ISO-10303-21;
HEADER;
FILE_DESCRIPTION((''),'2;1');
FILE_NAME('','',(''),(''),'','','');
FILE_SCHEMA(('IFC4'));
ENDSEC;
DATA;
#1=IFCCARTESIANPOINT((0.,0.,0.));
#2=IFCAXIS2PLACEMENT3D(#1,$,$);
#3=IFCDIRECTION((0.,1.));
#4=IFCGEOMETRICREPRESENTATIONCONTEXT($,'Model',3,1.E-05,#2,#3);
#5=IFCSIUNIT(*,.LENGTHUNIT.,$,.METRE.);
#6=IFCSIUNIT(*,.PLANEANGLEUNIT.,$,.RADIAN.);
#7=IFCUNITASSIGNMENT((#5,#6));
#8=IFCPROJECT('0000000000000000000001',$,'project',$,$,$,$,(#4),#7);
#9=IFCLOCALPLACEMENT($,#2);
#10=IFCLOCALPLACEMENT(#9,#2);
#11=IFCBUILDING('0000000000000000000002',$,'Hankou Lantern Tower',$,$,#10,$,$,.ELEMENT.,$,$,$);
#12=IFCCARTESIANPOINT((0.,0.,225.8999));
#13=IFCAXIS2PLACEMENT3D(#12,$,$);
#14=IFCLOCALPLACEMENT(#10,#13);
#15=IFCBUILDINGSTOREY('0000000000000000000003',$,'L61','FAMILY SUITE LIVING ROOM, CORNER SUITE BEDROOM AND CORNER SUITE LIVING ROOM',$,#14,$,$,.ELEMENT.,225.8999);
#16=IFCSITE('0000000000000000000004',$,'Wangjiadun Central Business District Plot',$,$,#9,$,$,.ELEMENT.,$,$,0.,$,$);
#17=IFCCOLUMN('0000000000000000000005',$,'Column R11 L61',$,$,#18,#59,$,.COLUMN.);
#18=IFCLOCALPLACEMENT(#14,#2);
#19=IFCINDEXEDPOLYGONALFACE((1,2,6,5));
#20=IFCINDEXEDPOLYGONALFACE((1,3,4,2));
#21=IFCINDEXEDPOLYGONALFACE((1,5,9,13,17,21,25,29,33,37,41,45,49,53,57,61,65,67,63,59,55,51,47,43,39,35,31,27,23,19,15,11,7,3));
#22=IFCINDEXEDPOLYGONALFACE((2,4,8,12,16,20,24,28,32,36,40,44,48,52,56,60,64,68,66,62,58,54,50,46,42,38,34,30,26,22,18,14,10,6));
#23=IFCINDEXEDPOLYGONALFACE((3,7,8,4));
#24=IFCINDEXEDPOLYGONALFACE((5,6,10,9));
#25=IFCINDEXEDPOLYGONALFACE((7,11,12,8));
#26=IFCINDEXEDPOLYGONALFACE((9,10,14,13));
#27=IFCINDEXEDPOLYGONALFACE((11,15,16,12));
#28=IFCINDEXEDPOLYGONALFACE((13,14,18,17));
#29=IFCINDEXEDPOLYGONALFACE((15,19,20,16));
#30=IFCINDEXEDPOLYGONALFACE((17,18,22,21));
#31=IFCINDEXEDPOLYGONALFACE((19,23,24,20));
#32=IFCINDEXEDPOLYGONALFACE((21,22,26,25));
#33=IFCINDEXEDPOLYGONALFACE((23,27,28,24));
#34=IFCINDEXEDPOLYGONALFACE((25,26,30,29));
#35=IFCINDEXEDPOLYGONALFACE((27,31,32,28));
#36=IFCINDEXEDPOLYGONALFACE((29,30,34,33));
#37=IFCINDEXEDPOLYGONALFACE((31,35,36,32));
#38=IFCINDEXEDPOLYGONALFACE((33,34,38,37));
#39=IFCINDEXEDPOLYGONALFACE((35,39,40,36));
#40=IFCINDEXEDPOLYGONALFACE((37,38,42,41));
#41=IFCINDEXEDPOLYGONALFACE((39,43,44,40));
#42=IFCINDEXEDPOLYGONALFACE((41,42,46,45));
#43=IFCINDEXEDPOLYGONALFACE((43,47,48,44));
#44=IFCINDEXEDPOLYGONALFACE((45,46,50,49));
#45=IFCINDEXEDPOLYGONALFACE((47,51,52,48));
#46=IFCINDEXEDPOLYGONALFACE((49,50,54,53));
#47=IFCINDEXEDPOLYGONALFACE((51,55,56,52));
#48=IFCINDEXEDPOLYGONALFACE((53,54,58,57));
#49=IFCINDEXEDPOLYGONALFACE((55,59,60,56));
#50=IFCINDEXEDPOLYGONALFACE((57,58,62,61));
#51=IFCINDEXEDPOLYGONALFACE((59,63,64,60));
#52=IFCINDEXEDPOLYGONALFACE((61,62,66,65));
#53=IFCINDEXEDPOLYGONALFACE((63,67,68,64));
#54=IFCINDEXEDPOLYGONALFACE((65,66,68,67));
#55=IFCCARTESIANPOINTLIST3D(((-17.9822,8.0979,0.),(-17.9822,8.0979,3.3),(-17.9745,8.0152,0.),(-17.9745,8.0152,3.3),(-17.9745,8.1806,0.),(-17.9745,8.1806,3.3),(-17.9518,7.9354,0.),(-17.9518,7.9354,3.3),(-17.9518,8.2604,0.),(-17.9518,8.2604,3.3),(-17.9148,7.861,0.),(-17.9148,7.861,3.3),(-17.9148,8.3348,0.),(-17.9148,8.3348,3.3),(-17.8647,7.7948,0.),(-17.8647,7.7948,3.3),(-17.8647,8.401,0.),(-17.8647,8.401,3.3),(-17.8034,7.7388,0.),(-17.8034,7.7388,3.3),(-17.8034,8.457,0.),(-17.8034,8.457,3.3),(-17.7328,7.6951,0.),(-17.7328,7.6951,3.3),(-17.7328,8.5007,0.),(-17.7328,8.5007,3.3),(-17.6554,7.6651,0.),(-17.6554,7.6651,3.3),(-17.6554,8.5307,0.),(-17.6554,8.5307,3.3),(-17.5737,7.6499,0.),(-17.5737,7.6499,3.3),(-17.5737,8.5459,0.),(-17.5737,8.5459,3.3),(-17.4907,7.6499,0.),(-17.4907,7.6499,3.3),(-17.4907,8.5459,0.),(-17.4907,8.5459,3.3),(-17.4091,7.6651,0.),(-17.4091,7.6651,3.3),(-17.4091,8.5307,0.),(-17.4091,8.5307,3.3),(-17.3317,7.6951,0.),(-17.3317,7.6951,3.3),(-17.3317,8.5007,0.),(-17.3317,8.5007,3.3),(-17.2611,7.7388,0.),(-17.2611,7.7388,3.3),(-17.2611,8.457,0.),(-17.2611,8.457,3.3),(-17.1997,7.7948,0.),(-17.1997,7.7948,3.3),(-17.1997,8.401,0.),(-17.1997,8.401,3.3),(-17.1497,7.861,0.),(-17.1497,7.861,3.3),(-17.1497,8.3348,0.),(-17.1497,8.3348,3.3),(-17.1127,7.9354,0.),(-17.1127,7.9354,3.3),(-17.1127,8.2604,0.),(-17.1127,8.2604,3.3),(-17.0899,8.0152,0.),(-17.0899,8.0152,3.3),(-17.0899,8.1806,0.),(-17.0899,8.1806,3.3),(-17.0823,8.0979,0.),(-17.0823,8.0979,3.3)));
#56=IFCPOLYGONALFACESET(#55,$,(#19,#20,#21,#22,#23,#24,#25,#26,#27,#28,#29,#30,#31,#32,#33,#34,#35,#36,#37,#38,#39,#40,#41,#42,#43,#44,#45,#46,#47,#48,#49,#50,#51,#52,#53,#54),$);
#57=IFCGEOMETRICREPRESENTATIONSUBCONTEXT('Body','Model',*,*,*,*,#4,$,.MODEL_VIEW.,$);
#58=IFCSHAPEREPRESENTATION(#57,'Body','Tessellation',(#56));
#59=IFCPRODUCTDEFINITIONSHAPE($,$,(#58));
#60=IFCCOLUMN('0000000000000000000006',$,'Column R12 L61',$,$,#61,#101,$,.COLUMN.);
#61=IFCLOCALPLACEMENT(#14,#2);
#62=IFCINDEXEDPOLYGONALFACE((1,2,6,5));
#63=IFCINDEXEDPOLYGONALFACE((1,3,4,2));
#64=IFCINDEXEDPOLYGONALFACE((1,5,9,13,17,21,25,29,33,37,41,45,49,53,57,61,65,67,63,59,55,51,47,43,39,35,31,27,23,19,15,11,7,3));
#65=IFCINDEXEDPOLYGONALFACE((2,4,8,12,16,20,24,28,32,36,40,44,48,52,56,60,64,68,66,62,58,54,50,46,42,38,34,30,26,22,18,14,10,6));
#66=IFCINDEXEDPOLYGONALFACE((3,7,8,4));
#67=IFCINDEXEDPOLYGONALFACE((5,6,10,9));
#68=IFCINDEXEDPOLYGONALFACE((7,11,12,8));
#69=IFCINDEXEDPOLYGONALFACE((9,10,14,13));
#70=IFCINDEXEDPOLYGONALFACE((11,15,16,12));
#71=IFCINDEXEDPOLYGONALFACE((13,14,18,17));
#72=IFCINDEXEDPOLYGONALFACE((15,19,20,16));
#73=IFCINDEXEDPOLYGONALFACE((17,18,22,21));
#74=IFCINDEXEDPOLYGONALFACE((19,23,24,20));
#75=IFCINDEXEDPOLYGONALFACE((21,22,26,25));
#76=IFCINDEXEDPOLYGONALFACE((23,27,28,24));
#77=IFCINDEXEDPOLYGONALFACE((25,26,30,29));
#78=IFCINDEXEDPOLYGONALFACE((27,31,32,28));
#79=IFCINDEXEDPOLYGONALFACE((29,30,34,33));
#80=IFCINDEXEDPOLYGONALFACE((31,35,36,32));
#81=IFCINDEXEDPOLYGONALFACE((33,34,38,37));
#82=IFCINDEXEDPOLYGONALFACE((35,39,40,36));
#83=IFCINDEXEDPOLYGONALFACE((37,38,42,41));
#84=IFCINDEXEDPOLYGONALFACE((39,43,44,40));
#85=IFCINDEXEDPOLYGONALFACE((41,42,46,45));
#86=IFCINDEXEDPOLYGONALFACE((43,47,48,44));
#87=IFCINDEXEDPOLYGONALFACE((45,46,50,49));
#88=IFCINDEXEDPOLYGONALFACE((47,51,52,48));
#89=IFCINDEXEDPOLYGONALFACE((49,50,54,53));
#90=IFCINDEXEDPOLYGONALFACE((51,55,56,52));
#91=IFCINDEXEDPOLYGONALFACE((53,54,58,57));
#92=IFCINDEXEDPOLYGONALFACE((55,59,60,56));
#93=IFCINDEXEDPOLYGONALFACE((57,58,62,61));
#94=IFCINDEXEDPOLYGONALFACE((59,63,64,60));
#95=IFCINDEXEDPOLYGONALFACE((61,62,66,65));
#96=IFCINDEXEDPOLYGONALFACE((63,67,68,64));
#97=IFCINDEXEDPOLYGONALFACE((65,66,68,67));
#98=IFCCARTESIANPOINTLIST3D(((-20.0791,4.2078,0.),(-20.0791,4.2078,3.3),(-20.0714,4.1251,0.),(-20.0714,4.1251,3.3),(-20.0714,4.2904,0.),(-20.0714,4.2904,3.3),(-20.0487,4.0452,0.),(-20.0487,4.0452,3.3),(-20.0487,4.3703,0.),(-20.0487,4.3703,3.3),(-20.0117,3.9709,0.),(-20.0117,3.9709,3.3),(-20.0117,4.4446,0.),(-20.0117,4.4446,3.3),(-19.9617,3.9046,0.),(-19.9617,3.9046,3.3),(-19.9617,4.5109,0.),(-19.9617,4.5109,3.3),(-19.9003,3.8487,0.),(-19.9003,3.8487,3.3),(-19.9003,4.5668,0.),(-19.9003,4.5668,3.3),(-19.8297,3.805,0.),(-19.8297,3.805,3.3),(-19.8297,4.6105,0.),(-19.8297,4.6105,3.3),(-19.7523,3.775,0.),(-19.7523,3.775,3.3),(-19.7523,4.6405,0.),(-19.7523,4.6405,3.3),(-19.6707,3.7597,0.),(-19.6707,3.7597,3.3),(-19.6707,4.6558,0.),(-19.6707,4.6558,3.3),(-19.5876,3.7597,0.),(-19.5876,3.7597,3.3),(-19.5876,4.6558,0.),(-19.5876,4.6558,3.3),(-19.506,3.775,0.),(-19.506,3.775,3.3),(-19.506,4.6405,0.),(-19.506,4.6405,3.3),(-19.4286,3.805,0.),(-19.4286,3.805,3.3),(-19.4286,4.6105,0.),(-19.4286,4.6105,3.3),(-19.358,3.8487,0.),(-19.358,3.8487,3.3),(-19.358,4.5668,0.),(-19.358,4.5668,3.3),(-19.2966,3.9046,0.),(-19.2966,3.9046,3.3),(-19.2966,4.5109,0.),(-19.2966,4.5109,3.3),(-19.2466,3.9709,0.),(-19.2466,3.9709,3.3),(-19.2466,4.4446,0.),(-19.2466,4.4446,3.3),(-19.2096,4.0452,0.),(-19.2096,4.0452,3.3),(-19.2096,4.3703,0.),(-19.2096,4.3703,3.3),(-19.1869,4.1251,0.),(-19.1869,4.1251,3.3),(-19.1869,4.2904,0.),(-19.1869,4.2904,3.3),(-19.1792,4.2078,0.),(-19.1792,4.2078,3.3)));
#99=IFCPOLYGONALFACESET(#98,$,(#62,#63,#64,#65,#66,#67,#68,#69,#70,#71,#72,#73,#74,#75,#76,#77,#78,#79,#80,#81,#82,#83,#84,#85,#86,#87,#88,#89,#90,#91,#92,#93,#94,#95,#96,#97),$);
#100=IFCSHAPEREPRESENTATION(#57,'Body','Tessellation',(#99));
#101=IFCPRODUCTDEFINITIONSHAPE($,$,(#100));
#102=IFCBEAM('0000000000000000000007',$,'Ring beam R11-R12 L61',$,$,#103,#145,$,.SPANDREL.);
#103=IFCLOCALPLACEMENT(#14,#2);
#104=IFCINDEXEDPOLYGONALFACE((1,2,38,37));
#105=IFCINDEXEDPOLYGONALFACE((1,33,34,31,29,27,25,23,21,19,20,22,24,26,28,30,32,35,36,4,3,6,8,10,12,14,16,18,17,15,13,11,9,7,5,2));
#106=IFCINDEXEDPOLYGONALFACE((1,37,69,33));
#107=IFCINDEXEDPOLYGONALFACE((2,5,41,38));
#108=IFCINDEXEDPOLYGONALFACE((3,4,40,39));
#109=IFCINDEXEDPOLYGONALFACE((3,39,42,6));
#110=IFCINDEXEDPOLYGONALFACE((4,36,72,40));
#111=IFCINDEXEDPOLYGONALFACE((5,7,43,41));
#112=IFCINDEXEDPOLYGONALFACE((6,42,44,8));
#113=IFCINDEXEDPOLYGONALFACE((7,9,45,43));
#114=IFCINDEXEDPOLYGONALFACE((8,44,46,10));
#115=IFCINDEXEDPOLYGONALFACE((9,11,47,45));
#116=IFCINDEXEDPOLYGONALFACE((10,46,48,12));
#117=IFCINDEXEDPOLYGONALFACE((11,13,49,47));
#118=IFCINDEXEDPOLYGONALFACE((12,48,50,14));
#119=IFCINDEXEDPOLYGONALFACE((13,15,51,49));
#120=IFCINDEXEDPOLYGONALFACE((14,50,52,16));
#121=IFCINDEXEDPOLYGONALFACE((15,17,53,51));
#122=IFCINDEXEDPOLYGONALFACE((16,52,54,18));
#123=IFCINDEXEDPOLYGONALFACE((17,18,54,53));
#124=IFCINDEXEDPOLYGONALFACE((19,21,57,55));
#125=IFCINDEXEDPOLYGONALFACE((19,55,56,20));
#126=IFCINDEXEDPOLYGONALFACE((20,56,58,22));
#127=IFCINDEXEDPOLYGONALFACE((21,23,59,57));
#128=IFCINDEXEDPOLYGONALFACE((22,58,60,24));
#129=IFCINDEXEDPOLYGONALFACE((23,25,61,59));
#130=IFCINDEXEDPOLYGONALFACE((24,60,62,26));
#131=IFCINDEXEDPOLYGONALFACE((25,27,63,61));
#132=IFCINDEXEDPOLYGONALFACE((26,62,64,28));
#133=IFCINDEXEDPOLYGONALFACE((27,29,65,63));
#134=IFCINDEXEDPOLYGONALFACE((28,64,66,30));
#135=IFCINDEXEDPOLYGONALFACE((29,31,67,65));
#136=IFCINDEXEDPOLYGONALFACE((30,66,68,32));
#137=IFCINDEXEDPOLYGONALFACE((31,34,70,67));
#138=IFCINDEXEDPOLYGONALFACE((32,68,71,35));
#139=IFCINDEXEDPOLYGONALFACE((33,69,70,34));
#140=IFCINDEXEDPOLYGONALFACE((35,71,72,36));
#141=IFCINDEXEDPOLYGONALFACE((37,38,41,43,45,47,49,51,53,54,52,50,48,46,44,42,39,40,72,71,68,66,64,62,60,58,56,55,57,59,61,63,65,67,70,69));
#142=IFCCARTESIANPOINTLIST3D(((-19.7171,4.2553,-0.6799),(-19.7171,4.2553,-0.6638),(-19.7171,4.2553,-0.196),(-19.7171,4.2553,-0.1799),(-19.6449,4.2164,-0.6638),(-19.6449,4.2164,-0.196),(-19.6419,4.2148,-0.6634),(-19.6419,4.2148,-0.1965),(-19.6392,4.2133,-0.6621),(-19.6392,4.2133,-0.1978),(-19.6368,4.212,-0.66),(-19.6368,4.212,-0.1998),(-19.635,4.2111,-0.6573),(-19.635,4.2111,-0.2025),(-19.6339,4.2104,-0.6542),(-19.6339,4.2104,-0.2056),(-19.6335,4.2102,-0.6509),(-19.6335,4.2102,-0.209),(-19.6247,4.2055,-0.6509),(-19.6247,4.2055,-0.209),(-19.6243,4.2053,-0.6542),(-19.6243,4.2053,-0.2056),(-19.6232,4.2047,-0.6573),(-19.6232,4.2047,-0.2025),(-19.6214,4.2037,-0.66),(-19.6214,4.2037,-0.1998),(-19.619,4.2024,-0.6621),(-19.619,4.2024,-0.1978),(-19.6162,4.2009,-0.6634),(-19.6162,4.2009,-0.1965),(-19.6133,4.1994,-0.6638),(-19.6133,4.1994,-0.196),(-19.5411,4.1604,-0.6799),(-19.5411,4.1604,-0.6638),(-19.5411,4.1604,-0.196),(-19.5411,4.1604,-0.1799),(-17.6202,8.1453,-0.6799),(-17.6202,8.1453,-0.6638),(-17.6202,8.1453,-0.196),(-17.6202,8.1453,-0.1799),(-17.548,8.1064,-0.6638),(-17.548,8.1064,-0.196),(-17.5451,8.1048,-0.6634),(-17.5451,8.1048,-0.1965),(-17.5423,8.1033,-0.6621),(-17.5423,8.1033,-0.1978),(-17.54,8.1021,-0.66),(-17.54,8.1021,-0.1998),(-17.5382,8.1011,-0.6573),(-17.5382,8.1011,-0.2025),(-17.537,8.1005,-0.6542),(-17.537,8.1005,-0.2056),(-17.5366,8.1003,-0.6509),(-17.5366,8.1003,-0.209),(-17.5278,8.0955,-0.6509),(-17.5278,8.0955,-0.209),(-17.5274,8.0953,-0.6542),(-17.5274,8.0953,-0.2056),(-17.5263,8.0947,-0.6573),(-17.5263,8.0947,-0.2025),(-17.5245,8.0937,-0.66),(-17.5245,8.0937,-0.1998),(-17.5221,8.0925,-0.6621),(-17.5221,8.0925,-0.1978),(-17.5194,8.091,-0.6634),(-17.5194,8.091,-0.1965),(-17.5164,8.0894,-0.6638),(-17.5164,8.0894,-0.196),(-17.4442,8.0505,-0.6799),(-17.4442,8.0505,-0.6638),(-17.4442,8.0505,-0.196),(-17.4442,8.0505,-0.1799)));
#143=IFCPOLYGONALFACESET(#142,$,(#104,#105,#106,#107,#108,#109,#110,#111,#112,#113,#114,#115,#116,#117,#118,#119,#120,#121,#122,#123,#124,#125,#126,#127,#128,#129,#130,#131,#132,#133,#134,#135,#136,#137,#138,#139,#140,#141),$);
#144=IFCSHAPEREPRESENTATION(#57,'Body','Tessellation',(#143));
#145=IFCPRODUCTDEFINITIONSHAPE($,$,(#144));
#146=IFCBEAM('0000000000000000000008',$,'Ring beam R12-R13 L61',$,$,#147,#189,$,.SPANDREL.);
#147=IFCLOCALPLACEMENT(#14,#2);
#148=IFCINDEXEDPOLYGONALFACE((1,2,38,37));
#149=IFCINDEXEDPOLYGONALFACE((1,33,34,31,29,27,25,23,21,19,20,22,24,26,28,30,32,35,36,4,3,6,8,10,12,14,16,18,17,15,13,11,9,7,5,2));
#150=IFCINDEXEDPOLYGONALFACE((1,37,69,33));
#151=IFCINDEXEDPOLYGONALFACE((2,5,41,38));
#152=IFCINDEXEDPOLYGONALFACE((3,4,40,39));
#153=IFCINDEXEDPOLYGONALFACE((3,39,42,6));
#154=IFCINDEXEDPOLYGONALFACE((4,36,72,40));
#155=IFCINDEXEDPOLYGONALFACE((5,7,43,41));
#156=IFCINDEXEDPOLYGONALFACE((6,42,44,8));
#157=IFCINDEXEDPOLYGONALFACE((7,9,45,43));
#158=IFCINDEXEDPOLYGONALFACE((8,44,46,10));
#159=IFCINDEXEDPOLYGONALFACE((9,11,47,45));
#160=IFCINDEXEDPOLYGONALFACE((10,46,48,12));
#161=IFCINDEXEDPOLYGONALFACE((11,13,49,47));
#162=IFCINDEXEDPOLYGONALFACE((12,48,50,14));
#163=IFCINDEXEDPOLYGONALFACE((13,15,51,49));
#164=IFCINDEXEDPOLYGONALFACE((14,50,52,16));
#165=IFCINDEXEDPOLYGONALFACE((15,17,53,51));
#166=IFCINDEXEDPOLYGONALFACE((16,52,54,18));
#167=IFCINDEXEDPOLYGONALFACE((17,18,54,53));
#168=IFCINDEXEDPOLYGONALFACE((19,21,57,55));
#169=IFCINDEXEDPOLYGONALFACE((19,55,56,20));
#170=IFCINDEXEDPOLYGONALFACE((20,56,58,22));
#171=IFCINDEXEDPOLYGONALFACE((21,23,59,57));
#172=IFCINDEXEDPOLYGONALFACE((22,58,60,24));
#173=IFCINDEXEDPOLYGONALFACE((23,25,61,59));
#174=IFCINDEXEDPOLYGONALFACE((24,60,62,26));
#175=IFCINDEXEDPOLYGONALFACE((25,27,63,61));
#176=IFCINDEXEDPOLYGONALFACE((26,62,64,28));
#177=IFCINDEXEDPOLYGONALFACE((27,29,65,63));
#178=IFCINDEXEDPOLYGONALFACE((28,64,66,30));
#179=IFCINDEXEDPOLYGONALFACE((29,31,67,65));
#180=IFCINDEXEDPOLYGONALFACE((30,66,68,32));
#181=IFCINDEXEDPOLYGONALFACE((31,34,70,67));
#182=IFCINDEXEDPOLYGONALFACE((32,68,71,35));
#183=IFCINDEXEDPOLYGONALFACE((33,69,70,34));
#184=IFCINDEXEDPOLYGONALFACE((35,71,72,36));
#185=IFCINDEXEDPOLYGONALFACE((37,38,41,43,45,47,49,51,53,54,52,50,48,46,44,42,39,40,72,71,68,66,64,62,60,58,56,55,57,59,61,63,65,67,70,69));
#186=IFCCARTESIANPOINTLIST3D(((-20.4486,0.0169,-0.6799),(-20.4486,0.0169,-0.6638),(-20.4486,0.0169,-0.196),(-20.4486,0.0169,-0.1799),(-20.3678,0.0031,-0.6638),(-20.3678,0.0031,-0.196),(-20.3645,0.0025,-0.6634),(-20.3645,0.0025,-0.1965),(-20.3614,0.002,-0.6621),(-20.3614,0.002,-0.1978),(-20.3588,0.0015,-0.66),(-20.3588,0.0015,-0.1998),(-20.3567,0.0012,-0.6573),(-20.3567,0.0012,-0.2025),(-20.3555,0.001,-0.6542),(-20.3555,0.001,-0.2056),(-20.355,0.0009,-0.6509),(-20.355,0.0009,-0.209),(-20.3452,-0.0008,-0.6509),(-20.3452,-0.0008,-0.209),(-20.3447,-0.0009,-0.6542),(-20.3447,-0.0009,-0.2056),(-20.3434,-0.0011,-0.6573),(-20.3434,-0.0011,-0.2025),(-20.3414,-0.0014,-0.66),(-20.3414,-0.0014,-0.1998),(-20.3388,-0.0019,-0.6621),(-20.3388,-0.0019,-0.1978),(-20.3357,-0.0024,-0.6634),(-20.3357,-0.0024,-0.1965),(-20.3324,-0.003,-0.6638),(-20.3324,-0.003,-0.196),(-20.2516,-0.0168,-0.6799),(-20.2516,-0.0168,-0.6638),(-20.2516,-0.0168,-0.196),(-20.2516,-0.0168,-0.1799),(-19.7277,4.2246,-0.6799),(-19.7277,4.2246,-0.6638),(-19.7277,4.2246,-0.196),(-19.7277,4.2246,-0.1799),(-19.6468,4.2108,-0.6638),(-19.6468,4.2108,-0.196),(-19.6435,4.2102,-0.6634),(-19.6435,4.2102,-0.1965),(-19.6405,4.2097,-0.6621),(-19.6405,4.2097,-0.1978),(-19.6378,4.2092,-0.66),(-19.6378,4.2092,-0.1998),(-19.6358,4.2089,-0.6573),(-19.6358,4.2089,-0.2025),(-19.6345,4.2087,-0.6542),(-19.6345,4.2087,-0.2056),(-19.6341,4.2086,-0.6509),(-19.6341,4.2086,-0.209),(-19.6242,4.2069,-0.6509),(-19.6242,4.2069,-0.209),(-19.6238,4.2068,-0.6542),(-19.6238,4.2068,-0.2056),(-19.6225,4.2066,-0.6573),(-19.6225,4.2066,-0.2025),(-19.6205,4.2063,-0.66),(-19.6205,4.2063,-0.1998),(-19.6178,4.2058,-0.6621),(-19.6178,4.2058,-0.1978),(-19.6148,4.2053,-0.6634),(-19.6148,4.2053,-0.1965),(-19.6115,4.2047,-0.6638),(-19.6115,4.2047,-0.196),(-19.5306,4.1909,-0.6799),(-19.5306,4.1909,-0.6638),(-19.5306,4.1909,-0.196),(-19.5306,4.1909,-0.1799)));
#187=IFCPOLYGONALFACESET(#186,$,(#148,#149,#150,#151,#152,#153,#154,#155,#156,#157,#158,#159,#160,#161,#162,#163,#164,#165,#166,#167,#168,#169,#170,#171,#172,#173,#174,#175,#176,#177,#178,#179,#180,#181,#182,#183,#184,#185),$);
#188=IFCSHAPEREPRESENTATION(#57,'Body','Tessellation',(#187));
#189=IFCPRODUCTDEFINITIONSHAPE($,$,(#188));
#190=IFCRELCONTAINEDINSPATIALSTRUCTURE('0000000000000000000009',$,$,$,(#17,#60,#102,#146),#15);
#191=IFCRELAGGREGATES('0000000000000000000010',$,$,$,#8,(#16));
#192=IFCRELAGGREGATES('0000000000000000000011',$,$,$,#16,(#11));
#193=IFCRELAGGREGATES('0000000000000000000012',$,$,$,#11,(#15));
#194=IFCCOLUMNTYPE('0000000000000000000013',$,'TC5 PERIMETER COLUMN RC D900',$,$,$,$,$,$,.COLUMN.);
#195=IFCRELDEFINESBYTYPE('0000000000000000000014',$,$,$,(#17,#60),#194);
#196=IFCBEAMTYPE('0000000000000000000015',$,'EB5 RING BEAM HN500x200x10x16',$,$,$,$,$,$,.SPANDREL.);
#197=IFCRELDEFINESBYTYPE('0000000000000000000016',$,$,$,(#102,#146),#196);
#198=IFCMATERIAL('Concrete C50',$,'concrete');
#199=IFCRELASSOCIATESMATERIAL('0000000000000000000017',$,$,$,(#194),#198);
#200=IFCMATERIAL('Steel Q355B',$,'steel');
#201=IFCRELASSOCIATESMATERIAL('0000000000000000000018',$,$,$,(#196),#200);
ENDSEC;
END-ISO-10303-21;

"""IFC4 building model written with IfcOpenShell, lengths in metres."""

from ifc_helpers import new_model, si_unit, direction, frame, origin, origin_2d, place, context, subcontext, project, spatial, circle, i_section, extrude, material, material_profile, profile_set, type_object, element, save


model = new_model("IFC4")

# Units and contexts
model_context = context("Model", 3, precision=1e-05, world=origin(), true_north=direction((0.0, 1.0)))
body_context = subcontext(model_context, "Body", "Model", "MODEL_VIEW")
ifc_project = project(units=[si_unit("LENGTHUNIT", "METRE"), si_unit("PLANEANGLEUNIT", "RADIAN")], contexts=[model_context])

# Site, building, storey
site_placement = place(None, origin())
site = spatial("IfcSite", under=ifc_project, at=site_placement, Name="Wangjiadun Central Business District Plot", CompositionType="ELEMENT", RefElevation=0.0)
building_placement = place(site_placement, origin())
building = spatial("IfcBuilding", under=site, at=building_placement, Name="Hankou Lantern Tower", CompositionType="ELEMENT")
storey_placement = place(building_placement, frame((0.0, 0.0, 225.8999)))
storey = spatial("IfcBuildingStorey", under=building, at=storey_placement, Name="L61", Description="FAMILY SUITE LIVING ROOM, CORNER SUITE BEDROOM AND CORNER SUITE LIVING ROOM", CompositionType="ELEMENT", Elevation=225.8999)

# Columns
ifc_material_1 = material(Name="Concrete C50", Category="concrete")
ifc_material_profile_1 = material_profile(ifc_material_1, circle(Radius=0.45, at=origin_2d()), Name="RC D900")
ifc_profile_set_1 = profile_set([ifc_material_profile_1], Name="Concrete C50")
column_type = type_object("IfcColumnType", Name="TC5 PERIMETER COLUMN RC D900", PredefinedType="COLUMN", material=ifc_profile_set_1)
for number, where, z_axis, x_axis, name in (
    (1, (-17.5322, 8.0979, 0.0), (0.0, 0.0, 1.0), (1.0, 0.0, 0.0), "Column R11 L61"),
    (2, (-19.6292, 4.2078, 0.0), (0.0, 0.0, 1.0), (1.0, 0.0, 0.0), "Column R12 L61"),
):
    element("IfcColumn", number, at=place(storey_placement, frame(where, z_axis=z_axis, x_axis=x_axis)), inside=storey, type_object=column_type, Name=name, PredefinedType="COLUMN", context=body_context, shape_type="SweptSolid", body=[
        extrude(circle(Radius=0.45, at=origin_2d()), origin(), (0.0, 0.0, 1.0), 3.3),
    ])

# Beams
ifc_material_2 = material(Name="Steel Q355B", Category="steel")
ifc_material_profile_2 = material_profile(ifc_material_2, i_section(OverallWidth=0.2, OverallDepth=0.5, WebThickness=0.01, FlangeThickness=0.0161, FilletRadius=0.0129, at=origin_2d()), Name="HN500x200x10x16")
ifc_profile_set_2 = profile_set([ifc_material_profile_2], Name="Steel Q355B")
beam_type_1 = type_object("IfcBeamType", Name="EB5 RING BEAM HN500x200x10x16", PredefinedType="SPANDREL", material=ifc_profile_set_2)
beam_1_placement = place(storey_placement, frame((-17.5322, 8.0979, -0.4299), z_axis=(-0.474492, -0.88026, 0.0), x_axis=(0.88026, -0.474492, 0.0)))
element("IfcBeam", 3, at=beam_1_placement, inside=storey, type_object=beam_type_1, Name="Ring beam R11-R12 L61", PredefinedType="SPANDREL", context=body_context, shape_type="SweptSolid", body=[
    extrude(i_section(OverallWidth=0.2, OverallDepth=0.5, WebThickness=0.01, FlangeThickness=0.0161, FilletRadius=0.0129, at=origin_2d()), origin(), (0.0, 0.0, 1.0), 4.4192),
])
beam_2_placement = place(storey_placement, frame((-19.6292, 4.2078, -0.4299), z_axis=(-0.168877, -0.985637, 0.0), x_axis=(0.985637, -0.168877, 0.0)))
element("IfcBeam", 4, at=beam_2_placement, inside=storey, type_object=beam_type_1, Name="Ring beam R12-R13 L61", PredefinedType="SPANDREL", context=body_context, shape_type="SweptSolid", body=[
    extrude(i_section(OverallWidth=0.2, OverallDepth=0.5, WebThickness=0.01, FlangeThickness=0.0161, FilletRadius=0.0129, at=origin_2d()), origin(), (0.0, 0.0, 1.0), 4.269),
])

save(model, "model.ifc")
